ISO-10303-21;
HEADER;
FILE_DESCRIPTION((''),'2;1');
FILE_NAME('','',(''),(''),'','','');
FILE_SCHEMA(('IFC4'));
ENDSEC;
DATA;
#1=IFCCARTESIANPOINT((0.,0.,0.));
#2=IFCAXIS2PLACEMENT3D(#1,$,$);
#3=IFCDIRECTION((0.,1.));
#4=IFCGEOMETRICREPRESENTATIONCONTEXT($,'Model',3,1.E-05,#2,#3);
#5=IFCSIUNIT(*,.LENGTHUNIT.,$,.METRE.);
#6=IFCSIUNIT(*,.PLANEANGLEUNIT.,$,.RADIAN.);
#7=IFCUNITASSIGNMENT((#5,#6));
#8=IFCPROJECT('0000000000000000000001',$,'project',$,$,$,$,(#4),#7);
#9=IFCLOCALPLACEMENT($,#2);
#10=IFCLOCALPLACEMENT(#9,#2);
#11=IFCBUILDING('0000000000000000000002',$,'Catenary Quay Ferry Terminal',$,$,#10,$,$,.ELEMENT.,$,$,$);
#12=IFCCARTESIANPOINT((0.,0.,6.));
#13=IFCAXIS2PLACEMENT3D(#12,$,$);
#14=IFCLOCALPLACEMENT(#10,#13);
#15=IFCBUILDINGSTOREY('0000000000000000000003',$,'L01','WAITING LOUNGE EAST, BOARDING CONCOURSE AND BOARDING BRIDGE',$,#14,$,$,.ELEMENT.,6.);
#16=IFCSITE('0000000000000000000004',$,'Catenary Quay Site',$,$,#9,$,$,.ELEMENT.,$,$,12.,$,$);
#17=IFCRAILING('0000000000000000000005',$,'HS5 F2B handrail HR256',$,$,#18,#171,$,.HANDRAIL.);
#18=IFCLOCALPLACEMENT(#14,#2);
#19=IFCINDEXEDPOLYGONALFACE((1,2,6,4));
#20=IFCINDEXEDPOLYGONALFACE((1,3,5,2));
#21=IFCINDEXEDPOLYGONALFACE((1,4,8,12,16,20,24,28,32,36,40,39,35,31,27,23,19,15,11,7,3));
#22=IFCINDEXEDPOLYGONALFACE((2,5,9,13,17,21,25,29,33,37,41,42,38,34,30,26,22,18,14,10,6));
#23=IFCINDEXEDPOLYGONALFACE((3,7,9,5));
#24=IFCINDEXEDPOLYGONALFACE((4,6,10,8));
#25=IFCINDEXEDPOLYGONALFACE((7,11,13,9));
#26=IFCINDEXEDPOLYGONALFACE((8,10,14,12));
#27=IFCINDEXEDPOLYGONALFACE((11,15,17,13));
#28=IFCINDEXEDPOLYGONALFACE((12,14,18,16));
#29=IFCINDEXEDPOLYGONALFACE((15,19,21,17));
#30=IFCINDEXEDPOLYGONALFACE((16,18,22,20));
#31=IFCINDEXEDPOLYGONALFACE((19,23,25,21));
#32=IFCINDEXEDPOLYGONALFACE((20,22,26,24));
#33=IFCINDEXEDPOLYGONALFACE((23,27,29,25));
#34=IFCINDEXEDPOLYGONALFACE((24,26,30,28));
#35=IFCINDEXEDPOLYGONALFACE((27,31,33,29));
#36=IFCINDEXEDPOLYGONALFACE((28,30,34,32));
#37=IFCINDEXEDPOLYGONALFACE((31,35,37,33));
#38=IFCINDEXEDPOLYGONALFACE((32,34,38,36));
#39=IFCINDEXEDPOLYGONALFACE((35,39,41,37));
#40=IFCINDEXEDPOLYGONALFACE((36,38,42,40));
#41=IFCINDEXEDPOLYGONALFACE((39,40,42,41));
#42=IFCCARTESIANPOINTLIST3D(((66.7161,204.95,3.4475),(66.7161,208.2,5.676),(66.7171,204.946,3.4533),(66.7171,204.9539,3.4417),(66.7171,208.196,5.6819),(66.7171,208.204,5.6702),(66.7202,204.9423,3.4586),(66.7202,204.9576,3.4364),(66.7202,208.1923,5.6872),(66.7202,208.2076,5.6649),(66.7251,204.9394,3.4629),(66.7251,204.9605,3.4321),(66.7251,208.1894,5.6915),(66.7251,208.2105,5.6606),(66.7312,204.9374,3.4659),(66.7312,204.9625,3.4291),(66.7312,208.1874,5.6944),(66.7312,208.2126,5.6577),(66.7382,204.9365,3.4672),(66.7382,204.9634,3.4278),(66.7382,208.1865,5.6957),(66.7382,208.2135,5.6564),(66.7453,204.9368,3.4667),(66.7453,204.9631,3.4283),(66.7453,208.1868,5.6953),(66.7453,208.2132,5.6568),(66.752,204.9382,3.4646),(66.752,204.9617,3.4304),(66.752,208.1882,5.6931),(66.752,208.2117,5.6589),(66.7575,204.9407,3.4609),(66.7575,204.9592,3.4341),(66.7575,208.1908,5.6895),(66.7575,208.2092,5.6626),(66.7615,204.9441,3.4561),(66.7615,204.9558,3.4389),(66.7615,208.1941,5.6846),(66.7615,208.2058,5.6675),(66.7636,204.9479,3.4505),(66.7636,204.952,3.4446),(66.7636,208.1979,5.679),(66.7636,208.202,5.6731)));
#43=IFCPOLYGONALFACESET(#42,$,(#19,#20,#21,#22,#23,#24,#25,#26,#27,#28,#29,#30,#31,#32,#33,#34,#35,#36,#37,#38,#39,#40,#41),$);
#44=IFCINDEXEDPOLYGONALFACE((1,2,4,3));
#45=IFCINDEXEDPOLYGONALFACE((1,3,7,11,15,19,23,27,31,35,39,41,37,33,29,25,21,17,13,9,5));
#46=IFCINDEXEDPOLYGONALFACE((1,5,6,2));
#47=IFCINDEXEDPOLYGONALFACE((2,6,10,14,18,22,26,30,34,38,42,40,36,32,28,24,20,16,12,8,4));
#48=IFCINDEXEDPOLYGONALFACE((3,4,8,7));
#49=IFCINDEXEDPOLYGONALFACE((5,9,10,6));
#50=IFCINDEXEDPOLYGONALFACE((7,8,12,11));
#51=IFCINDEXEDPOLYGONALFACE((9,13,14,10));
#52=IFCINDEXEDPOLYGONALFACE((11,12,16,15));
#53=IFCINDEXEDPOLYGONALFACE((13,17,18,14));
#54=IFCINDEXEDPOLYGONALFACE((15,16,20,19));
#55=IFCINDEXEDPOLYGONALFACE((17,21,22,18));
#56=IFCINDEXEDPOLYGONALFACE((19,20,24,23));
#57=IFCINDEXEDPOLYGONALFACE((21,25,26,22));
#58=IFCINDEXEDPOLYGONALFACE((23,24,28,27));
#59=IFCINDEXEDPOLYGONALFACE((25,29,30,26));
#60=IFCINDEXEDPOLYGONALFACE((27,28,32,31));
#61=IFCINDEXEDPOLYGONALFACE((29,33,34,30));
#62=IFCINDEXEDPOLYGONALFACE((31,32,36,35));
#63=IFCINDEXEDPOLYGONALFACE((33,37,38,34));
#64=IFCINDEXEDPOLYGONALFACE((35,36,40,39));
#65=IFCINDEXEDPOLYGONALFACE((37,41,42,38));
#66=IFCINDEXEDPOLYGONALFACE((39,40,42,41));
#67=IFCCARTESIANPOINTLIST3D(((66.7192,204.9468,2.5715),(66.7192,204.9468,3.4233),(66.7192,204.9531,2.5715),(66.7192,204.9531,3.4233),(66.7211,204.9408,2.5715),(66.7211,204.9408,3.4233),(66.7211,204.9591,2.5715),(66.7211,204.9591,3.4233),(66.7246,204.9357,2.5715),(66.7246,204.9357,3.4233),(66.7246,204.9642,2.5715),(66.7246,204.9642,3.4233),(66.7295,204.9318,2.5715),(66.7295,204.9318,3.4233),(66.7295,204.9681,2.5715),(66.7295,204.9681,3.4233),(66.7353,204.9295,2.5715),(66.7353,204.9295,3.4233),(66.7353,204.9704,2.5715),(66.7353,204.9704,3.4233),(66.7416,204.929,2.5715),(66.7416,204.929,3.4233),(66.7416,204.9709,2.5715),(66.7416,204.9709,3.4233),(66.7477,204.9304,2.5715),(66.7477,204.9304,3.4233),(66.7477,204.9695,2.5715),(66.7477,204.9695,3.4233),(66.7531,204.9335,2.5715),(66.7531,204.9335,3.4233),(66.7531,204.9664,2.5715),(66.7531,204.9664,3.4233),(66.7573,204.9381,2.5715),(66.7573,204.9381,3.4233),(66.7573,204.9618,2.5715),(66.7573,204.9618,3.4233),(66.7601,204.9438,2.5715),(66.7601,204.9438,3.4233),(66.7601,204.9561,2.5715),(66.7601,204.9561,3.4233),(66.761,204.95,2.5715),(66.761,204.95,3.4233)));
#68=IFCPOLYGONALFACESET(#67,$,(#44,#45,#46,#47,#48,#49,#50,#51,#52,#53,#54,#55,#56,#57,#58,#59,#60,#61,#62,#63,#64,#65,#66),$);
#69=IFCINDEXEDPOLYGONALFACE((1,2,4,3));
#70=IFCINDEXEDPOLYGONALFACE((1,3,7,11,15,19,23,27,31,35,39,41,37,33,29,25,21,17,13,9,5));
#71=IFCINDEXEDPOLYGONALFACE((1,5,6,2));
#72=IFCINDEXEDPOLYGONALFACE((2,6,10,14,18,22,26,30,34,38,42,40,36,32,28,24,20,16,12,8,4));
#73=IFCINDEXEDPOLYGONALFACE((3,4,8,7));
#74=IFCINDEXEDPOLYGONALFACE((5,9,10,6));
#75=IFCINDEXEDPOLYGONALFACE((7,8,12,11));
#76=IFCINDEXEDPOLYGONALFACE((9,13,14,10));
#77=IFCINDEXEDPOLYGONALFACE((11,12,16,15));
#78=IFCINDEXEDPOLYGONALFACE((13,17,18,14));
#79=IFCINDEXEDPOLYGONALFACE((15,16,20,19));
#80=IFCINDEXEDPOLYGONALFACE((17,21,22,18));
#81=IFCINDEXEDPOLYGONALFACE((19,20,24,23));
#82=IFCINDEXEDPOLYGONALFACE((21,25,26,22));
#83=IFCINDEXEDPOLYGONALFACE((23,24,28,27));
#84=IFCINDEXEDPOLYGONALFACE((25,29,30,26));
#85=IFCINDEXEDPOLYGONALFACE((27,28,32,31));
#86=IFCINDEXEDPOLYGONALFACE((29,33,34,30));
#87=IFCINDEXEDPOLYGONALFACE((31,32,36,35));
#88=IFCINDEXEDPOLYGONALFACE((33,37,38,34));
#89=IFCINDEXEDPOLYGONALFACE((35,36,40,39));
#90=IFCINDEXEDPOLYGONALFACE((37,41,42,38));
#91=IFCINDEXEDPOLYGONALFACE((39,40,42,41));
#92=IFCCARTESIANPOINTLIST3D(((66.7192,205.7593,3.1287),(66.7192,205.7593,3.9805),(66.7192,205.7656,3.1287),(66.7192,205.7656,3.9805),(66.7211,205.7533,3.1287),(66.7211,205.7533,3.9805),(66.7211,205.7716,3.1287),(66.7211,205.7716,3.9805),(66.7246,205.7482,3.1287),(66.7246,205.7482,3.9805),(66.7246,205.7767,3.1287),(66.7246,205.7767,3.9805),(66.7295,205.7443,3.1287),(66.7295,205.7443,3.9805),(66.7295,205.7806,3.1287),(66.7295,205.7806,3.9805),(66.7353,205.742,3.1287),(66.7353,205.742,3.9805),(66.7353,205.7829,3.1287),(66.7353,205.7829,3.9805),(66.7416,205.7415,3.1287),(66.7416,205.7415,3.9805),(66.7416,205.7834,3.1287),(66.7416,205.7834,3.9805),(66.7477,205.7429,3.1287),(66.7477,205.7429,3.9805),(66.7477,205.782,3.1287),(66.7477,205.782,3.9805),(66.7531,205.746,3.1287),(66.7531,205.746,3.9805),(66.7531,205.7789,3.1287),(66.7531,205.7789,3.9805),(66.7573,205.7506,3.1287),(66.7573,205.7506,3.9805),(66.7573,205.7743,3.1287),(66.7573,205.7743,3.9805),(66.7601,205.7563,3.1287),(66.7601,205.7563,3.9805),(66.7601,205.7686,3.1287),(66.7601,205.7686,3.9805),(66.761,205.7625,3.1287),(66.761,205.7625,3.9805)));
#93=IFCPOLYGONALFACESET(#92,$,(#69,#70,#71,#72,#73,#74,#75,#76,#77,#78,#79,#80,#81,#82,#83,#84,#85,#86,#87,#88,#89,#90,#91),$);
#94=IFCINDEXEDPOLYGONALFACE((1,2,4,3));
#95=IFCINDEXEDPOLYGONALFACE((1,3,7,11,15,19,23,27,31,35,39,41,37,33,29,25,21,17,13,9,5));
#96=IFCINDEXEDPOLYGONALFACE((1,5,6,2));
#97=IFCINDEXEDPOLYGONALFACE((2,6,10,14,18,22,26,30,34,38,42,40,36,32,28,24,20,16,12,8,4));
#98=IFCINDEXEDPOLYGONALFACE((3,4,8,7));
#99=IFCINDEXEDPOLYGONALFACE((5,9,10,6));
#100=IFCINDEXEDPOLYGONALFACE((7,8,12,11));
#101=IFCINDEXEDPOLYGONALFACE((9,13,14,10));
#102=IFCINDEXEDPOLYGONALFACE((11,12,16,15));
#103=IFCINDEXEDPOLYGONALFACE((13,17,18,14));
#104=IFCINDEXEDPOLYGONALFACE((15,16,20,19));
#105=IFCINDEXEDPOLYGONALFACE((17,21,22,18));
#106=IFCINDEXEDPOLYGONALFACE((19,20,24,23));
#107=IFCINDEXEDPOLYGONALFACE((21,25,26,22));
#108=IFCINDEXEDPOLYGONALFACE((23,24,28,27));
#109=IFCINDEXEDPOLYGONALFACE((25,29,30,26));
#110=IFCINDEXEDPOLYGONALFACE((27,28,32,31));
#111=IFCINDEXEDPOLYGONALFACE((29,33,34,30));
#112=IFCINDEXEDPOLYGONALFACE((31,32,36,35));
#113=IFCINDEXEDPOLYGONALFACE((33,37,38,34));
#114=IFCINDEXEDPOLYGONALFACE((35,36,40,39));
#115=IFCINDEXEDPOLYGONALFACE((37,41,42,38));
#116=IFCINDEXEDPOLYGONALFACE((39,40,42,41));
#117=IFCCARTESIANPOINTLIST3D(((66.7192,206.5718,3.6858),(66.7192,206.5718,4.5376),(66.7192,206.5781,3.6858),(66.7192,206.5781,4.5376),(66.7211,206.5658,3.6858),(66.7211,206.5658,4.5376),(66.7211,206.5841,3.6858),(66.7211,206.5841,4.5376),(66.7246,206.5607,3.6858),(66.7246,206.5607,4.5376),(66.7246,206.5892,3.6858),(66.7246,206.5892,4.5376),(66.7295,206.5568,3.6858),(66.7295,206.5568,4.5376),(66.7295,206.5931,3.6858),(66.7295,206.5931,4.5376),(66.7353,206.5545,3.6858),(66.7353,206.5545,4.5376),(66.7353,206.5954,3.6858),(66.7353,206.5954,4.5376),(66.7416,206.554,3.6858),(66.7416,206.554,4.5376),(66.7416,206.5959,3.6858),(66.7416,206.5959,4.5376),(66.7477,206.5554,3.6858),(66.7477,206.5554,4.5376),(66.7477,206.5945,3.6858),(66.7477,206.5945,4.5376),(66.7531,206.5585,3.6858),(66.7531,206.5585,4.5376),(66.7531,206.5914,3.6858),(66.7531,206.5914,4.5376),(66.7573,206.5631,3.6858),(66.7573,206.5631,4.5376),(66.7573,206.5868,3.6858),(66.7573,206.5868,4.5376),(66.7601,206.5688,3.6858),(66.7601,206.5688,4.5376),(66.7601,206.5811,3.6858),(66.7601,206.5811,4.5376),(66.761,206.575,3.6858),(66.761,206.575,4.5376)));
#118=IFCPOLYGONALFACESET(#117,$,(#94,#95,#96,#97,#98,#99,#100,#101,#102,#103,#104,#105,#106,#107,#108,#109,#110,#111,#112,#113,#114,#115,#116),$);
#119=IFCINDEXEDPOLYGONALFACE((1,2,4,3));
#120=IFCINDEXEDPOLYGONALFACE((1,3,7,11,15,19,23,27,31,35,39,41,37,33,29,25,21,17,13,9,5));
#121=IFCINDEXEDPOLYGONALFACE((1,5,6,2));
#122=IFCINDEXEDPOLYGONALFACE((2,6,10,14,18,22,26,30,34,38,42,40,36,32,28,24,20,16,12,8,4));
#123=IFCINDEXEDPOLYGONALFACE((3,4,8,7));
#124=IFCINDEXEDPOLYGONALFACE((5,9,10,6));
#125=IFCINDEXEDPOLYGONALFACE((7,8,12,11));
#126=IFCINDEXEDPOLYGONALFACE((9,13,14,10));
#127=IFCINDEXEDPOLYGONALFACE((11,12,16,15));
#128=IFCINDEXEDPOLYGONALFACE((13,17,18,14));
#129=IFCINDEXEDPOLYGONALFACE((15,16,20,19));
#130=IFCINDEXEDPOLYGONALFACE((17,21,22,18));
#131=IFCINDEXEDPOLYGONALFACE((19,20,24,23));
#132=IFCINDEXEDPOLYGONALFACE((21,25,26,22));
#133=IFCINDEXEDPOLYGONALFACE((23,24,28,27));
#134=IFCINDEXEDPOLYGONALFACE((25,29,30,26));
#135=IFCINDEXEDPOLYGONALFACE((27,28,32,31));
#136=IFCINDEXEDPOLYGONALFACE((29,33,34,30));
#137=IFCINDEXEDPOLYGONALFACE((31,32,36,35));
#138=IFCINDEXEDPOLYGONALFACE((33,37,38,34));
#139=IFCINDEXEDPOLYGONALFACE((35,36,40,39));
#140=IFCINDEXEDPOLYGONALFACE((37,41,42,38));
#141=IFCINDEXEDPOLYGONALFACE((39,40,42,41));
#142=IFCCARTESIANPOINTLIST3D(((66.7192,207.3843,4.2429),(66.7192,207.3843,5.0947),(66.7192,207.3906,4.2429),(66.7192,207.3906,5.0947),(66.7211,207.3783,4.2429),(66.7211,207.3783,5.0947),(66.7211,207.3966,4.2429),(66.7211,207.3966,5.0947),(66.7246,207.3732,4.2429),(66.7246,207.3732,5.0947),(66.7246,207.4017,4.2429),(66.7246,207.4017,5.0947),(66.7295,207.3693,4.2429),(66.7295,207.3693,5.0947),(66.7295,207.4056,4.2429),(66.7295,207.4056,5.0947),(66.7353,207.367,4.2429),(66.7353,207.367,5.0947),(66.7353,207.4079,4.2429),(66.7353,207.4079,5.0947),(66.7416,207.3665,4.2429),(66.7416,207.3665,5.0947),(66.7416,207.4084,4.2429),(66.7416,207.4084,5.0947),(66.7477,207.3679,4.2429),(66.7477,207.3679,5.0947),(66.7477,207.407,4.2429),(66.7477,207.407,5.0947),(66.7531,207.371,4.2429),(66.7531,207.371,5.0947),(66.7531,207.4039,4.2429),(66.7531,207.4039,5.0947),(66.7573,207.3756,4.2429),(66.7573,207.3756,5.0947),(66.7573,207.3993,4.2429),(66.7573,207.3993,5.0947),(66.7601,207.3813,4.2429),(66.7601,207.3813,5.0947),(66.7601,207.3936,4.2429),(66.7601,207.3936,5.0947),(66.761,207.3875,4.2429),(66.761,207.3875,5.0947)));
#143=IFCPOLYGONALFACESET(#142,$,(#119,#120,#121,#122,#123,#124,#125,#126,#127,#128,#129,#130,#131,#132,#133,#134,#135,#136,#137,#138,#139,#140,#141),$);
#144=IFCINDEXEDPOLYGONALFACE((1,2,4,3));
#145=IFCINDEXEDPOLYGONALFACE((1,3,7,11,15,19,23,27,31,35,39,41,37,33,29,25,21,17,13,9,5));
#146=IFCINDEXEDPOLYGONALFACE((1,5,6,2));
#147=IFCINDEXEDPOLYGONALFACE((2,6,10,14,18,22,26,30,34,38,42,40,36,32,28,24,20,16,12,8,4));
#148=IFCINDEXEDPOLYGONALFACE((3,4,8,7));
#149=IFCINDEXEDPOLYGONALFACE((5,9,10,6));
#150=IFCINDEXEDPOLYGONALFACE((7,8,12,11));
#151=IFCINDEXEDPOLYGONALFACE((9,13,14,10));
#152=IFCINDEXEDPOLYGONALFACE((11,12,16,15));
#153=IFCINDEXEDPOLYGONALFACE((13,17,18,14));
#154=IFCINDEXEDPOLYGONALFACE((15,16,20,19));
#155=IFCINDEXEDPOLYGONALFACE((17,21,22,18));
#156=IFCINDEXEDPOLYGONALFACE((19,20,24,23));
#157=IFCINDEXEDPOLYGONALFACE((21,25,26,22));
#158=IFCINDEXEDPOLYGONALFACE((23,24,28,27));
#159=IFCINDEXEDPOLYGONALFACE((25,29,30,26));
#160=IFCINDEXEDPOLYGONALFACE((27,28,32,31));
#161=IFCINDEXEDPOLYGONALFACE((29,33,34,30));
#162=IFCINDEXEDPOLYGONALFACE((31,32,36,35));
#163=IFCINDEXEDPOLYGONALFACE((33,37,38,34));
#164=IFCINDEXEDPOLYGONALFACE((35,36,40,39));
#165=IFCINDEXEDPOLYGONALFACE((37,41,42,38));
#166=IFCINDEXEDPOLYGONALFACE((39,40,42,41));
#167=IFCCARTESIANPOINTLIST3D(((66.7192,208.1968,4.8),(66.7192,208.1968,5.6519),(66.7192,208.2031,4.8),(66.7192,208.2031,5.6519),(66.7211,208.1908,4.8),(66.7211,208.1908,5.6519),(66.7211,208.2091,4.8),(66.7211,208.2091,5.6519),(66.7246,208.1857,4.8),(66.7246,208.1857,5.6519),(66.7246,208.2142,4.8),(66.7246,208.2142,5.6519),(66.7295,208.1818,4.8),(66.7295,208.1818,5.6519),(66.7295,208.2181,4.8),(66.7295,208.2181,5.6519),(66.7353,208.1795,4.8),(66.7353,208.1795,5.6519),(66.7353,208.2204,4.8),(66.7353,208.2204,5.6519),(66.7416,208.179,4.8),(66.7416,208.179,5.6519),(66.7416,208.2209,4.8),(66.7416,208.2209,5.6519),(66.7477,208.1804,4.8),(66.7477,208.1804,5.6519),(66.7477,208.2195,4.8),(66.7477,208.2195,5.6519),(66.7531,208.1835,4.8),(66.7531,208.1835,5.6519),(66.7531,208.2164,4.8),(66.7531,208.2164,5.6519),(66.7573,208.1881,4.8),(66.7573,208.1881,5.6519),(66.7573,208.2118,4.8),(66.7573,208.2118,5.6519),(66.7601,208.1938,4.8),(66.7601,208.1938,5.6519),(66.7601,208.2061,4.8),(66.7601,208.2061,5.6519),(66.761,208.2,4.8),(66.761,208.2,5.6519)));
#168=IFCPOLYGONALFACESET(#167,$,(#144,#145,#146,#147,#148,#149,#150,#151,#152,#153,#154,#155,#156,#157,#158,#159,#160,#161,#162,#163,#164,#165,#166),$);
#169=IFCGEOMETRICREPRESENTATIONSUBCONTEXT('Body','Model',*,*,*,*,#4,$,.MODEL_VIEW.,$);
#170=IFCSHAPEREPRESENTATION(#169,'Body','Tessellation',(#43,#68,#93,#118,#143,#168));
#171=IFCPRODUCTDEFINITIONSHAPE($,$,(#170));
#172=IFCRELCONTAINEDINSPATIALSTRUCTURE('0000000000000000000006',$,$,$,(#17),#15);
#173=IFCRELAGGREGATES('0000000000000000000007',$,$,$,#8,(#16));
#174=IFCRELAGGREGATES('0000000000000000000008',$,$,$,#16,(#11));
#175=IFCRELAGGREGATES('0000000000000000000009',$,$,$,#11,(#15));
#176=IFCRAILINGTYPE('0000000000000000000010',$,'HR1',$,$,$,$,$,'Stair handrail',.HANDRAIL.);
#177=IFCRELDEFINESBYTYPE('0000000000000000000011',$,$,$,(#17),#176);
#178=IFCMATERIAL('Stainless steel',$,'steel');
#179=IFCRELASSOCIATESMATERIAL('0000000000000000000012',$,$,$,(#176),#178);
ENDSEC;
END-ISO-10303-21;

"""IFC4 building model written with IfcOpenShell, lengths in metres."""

from ifc_helpers import new_model, si_unit, direction, frame, origin, origin_2d, place, context, subcontext, project, spatial, circle, extrude, material, type_object, element, save


model = new_model("IFC4")

# Units and contexts
model_context = context("Model", 3, precision=1e-05, world=origin(), true_north=direction((0.0, 1.0)))
body_context = subcontext(model_context, "Body", "Model", "MODEL_VIEW")
ifc_project = project(units=[si_unit("LENGTHUNIT", "METRE"), si_unit("PLANEANGLEUNIT", "RADIAN")], contexts=[model_context])

# Site, building, storey
site_placement = place(None, origin())
site = spatial("IfcSite", under=ifc_project, at=site_placement, Name="Catenary Quay Site", CompositionType="ELEMENT", RefElevation=12.0)
building_placement = place(site_placement, origin())
building = spatial("IfcBuilding", under=site, at=building_placement, Name="Catenary Quay Ferry Terminal", CompositionType="ELEMENT")
storey_placement = place(building_placement, frame((0.0, 0.0, 6.0)))
storey = spatial("IfcBuildingStorey", under=building, at=storey_placement, Name="L01", Description="WAITING LOUNGE EAST, BOARDING CONCOURSE AND BOARDING BRIDGE", CompositionType="ELEMENT", Elevation=6.0)

# Railing
ifc_material_1 = material(Name="Stainless steel", Category="steel")
railing_type_1 = type_object("IfcRailingType", Name="HR1", ElementType="Stair handrail", PredefinedType="HANDRAIL", material=ifc_material_1)
for number, where, name in (
    (1, (66.74, 204.95, 2.5715), "HS5 F2B handrail HR256"),
):
    element("IfcRailing", number, at=place(storey_placement, frame(where)), inside=storey, type_object=railing_type_1, Name=name, PredefinedType="HANDRAIL", context=body_context, shape_type="SweptSolid", body=[
        extrude(circle(Radius=0.0239, at=origin_2d()), frame((0.0, 0.0, 0.876), z_axis=(0.0, 0.824735, 0.565519), x_axis=(-1.0, 0.0, 0.0)), (0.0, 0.0, 1.0), 3.9407),
        extrude(circle(Radius=0.021, at=origin_2d()), origin(), (0.0, 0.0, 1.0), 0.8518),
        extrude(circle(Radius=0.021, at=origin_2d()), frame((0.0, 0.8125, 0.5571)), (0.0, 0.0, 1.0), 0.8518),
        extrude(circle(Radius=0.021, at=origin_2d()), frame((0.0, 1.625, 1.1143)), (0.0, 0.0, 1.0), 0.8518),
        extrude(circle(Radius=0.021, at=origin_2d()), frame((0.0, 2.4375, 1.6714)), (0.0, 0.0, 1.0), 0.8518),
        extrude(circle(Radius=0.021, at=origin_2d()), frame((0.0, 3.25, 2.2285)), (0.0, 0.0, 1.0), 0.8518),
    ])

save(model, "model.ifc")
